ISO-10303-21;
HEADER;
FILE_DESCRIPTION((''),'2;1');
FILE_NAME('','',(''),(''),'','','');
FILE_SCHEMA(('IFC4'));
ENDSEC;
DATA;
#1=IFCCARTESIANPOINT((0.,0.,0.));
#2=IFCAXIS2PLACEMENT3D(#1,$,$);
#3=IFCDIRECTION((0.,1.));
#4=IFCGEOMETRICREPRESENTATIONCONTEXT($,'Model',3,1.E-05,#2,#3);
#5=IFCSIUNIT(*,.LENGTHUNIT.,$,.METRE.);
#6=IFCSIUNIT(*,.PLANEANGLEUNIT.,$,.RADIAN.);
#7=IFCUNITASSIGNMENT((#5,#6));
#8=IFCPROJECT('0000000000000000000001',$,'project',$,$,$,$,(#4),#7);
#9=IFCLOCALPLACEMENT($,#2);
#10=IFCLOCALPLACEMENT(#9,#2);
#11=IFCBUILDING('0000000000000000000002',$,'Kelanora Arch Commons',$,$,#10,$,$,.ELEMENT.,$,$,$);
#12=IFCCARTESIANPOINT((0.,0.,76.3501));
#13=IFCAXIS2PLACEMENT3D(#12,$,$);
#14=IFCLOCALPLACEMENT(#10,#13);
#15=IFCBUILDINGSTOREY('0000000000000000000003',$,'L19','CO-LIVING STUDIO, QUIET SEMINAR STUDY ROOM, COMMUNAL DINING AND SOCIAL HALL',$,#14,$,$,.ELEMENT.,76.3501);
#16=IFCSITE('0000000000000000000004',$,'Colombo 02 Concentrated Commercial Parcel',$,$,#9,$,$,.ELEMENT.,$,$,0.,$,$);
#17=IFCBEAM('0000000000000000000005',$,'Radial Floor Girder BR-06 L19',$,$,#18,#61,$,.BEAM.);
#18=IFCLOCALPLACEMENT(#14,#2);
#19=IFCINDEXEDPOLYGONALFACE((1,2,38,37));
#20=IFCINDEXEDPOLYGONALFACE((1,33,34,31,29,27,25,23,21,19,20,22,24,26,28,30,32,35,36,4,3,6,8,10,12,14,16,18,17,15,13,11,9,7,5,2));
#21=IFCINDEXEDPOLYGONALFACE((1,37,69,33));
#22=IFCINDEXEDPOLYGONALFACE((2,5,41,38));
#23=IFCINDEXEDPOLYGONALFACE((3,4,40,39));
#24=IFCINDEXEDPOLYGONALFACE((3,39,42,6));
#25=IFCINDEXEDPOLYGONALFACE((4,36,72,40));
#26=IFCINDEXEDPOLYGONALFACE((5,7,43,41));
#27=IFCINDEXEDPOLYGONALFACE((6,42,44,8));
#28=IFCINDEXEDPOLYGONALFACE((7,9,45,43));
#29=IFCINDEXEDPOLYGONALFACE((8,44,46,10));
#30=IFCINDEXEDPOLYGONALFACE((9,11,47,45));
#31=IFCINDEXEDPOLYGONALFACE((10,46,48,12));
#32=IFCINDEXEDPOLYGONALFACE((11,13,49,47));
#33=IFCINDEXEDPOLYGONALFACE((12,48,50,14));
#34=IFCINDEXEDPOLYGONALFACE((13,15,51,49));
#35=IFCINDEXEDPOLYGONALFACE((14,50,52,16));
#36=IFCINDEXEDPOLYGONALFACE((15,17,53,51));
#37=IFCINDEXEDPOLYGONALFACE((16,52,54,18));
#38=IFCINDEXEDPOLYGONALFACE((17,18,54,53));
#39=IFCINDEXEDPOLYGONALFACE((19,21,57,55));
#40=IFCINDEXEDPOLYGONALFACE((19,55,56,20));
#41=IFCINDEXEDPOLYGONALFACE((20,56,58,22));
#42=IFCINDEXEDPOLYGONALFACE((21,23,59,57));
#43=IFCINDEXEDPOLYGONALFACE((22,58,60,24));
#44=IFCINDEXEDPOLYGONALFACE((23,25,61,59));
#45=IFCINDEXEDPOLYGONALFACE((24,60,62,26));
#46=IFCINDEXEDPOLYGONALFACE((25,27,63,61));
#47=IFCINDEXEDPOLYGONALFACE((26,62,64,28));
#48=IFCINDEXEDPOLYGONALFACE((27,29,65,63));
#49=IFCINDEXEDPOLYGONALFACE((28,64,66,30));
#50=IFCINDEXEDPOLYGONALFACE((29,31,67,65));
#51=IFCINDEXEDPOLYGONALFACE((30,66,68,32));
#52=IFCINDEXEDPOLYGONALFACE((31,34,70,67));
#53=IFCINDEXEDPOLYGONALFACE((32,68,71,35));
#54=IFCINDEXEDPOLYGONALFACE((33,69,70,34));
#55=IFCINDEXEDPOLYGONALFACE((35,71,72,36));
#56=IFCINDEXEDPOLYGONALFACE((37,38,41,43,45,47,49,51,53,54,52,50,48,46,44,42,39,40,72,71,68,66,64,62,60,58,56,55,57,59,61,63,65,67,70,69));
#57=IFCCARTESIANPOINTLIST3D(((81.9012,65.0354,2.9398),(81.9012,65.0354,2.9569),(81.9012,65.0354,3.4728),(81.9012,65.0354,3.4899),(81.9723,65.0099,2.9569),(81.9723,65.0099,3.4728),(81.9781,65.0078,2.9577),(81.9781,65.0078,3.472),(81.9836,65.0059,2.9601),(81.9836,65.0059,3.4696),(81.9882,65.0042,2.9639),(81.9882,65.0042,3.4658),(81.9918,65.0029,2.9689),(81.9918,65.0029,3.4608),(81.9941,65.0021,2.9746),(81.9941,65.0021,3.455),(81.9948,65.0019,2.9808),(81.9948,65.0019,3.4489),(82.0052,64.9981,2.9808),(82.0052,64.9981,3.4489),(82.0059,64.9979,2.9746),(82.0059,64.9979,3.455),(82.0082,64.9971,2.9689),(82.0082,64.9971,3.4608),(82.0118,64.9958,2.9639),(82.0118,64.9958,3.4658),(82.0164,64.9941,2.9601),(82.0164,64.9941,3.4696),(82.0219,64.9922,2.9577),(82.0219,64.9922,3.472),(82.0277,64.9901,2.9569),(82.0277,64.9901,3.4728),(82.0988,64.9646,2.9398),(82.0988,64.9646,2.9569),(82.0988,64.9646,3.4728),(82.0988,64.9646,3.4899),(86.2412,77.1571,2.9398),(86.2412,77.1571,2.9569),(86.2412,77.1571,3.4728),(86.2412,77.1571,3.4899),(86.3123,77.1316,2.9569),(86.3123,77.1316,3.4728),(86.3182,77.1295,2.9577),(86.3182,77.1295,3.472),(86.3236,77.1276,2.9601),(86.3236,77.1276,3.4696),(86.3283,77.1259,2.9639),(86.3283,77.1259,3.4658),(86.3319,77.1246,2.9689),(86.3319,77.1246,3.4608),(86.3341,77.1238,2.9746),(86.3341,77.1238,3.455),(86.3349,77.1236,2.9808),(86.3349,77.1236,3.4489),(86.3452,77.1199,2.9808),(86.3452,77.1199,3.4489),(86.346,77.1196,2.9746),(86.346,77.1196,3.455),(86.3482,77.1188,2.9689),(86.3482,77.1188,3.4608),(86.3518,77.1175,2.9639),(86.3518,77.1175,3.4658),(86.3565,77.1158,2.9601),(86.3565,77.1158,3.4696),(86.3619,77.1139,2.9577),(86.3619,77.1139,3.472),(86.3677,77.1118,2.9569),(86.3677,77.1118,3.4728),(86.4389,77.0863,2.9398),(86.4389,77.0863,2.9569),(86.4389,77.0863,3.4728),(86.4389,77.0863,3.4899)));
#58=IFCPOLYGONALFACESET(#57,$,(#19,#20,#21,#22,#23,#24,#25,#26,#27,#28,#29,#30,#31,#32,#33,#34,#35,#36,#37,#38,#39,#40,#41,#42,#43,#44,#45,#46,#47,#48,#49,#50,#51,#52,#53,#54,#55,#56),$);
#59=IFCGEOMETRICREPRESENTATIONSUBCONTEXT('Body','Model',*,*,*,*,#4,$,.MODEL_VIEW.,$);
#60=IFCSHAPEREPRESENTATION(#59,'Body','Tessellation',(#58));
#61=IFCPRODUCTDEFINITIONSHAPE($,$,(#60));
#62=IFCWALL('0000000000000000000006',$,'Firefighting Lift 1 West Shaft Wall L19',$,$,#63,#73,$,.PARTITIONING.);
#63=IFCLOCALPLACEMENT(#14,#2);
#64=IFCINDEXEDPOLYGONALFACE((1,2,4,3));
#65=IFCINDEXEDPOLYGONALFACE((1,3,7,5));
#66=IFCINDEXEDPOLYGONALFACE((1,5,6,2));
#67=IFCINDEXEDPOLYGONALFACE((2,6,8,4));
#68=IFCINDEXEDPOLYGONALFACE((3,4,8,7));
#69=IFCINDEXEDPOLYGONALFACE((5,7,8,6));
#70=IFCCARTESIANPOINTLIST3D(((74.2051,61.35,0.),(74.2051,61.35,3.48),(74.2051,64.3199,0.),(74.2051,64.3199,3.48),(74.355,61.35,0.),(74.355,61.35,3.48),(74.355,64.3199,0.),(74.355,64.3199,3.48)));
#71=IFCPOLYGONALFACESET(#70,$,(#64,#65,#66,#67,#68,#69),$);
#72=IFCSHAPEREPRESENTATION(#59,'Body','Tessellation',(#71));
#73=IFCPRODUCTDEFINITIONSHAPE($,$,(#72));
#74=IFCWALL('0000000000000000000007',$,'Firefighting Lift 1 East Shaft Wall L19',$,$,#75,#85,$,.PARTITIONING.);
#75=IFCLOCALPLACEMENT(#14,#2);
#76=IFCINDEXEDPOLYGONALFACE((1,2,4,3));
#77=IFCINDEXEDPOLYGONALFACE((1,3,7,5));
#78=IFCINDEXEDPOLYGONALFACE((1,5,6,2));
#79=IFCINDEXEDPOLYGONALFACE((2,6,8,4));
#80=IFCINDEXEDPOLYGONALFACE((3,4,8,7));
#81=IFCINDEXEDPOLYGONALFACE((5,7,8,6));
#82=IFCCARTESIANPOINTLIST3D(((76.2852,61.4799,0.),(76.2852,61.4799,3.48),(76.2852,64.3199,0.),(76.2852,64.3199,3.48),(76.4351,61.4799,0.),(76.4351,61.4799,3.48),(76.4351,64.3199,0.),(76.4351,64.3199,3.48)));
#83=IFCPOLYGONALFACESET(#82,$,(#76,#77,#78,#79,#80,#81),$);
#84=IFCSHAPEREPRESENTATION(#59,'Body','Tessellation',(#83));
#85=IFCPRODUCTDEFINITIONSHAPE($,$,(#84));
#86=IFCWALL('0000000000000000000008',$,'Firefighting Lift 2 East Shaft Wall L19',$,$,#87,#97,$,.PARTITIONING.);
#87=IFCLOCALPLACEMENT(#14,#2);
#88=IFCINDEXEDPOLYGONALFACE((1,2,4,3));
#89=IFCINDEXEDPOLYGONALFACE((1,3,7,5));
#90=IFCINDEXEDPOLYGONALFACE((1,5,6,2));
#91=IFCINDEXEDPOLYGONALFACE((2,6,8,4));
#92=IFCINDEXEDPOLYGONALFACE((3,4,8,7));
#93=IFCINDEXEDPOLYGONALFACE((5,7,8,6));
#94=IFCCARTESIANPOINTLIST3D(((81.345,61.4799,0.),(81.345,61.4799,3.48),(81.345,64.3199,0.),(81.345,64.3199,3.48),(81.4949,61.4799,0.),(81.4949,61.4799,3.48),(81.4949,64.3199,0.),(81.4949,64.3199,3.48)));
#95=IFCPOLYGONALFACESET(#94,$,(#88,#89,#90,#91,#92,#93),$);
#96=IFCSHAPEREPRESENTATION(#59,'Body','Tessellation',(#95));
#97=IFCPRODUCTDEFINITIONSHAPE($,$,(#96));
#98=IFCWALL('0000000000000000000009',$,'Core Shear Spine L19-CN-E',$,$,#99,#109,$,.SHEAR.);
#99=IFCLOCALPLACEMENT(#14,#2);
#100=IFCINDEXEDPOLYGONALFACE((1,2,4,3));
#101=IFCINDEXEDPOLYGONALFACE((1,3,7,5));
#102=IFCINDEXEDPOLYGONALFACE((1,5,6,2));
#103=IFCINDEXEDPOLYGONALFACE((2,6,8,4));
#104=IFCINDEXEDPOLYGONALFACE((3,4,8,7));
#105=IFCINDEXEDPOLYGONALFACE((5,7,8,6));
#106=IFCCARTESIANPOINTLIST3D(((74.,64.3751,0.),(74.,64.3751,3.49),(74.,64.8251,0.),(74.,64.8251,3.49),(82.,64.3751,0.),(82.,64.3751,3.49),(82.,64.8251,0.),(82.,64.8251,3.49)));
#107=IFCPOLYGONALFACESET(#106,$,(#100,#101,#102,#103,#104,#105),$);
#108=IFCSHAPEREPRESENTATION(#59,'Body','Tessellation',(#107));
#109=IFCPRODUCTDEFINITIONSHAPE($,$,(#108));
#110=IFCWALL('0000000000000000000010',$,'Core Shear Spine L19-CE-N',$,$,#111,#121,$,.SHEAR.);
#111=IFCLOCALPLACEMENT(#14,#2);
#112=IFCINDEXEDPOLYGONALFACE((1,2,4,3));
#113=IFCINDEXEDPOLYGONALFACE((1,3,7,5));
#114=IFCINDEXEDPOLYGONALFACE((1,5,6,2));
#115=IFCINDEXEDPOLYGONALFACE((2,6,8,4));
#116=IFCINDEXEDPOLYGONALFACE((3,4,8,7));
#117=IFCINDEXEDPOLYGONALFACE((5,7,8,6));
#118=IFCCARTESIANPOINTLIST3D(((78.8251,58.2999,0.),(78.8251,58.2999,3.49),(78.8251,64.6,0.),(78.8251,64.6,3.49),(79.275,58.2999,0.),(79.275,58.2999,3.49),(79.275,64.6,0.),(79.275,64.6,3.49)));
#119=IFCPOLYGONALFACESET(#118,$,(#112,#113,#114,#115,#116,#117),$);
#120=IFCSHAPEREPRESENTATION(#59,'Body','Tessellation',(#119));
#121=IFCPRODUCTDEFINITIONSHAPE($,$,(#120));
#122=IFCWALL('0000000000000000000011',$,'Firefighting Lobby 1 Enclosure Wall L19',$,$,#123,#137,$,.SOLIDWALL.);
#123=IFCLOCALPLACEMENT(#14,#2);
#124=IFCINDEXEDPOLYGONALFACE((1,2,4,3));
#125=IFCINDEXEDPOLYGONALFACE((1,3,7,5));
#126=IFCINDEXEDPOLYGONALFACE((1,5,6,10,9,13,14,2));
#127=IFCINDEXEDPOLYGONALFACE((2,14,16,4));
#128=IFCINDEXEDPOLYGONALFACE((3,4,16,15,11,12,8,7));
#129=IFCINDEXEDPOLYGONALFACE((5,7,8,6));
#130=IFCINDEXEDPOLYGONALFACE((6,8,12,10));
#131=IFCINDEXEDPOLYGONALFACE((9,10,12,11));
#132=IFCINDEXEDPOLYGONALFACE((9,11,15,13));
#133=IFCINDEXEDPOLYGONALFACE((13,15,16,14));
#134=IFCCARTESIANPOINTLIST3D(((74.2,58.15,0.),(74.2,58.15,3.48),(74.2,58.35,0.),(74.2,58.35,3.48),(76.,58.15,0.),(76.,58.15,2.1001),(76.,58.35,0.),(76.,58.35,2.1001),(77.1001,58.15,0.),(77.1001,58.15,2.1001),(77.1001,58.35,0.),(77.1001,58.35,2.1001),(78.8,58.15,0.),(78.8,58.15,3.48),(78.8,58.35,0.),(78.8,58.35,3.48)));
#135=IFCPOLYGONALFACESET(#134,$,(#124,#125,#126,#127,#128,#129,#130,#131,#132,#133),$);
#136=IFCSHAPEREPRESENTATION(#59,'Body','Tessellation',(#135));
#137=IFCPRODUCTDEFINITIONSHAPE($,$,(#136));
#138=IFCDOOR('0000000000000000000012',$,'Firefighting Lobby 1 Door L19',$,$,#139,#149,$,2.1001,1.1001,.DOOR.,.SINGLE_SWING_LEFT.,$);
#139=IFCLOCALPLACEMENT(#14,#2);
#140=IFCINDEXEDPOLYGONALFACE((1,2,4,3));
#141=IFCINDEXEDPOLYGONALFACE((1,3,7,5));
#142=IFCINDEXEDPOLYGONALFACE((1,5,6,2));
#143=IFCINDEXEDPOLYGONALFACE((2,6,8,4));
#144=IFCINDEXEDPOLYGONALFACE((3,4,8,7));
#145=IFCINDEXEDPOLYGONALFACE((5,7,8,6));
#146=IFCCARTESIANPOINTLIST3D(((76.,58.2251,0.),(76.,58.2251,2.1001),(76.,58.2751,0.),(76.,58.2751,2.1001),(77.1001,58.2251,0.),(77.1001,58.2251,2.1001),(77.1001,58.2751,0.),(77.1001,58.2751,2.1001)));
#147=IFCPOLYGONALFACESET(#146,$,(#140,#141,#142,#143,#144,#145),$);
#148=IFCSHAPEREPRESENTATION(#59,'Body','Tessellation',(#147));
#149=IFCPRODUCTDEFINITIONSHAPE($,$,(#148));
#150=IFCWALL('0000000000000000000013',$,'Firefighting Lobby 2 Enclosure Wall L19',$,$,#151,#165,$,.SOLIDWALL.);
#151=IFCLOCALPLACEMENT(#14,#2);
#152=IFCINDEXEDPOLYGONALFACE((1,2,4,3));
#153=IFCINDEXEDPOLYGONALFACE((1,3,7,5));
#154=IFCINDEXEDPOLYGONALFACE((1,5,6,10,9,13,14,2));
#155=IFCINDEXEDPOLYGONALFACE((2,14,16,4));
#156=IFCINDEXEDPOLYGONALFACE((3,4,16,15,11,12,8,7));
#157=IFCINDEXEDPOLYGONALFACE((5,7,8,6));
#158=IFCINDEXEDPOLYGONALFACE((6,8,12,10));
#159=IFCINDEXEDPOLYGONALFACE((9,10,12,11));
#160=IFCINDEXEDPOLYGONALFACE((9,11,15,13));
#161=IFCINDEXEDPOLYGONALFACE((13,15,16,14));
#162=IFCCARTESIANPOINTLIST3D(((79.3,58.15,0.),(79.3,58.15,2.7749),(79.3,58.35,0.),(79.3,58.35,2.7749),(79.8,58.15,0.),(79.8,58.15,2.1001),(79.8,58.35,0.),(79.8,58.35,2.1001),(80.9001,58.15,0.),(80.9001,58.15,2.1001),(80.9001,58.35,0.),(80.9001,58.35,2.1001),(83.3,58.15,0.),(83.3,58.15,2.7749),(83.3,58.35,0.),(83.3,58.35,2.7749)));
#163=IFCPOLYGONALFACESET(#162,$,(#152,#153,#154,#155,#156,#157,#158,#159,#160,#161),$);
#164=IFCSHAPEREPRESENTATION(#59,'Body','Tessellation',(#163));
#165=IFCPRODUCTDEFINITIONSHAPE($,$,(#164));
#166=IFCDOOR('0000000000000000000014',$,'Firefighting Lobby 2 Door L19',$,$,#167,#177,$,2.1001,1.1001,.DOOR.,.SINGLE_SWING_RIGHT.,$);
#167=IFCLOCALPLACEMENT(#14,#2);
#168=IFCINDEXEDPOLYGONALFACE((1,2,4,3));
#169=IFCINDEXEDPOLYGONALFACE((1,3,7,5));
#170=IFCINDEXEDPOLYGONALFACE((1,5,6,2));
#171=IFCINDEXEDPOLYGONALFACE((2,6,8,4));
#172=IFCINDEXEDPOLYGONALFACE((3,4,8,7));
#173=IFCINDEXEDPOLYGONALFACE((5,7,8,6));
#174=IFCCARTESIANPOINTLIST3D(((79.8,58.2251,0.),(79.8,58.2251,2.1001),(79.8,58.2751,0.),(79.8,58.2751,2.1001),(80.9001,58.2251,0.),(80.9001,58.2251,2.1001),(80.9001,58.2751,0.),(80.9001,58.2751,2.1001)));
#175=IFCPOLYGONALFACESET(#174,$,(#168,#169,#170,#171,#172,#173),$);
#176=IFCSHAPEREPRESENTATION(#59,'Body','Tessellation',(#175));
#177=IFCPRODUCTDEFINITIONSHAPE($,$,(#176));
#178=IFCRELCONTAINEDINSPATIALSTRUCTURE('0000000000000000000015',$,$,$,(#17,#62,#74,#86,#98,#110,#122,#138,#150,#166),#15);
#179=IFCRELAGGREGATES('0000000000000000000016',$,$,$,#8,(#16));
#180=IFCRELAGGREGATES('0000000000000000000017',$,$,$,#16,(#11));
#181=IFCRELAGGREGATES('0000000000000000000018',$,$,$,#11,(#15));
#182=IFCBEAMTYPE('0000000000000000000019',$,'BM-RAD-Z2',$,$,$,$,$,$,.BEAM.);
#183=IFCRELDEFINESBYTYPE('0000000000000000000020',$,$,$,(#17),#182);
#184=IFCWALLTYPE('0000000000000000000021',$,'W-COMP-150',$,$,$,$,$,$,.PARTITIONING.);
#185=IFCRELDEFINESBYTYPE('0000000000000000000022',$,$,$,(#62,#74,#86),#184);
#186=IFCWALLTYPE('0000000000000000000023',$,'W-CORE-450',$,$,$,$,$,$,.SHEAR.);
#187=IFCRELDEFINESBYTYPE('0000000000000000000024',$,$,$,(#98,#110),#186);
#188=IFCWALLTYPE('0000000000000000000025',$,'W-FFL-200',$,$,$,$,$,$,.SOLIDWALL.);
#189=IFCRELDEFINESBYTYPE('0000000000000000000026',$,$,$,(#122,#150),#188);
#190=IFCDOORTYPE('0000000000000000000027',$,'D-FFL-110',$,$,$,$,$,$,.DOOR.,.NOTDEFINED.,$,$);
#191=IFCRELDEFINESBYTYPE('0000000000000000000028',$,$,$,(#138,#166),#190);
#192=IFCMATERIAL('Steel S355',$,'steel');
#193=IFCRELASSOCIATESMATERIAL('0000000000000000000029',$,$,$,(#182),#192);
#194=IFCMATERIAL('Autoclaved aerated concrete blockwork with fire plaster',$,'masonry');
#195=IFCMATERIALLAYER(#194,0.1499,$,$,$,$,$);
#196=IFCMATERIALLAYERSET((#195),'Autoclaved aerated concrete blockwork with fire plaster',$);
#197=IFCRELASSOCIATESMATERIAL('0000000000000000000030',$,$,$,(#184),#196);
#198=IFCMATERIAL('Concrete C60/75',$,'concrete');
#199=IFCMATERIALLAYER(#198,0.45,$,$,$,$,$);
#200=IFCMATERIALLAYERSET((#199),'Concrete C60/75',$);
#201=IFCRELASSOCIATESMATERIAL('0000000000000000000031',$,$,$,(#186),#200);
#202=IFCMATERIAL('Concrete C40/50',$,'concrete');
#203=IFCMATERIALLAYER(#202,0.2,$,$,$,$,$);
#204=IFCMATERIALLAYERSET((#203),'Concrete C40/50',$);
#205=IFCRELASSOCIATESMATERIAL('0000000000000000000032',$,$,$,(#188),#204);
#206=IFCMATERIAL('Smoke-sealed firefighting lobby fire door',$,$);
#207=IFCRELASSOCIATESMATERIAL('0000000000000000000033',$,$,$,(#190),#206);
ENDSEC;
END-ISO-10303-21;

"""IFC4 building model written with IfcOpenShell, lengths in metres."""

from ifc_helpers import new_model, si_unit, direction, frame, frame_2d, origin, origin_2d, place, context, subcontext, project, spatial, rectangle, i_section, extrude, material, layer, layer_set, material_profile, profile_set, type_object, element, fill, save


model = new_model("IFC4")

# Units and contexts
model_context = context("Model", 3, precision=1e-05, world=origin(), true_north=direction((0.0, 1.0)))
body_context = subcontext(model_context, "Body", "Model", "MODEL_VIEW")
ifc_project = project(units=[si_unit("LENGTHUNIT", "METRE"), si_unit("PLANEANGLEUNIT", "RADIAN")], contexts=[model_context])

# Site, building, storey
site_placement = place(None, origin())
site = spatial("IfcSite", under=ifc_project, at=site_placement, Name="Colombo 02 Concentrated Commercial Parcel", CompositionType="ELEMENT", RefElevation=0.0)
building_placement = place(site_placement, origin())
building = spatial("IfcBuilding", under=site, at=building_placement, Name="Kelanora Arch Commons", CompositionType="ELEMENT")
storey_placement = place(building_placement, frame((0.0, 0.0, 76.3501)))
storey = spatial("IfcBuildingStorey", under=building, at=storey_placement, Name="L19", Description="CO-LIVING STUDIO, QUIET SEMINAR STUDY ROOM, COMMUNAL DINING AND SOCIAL HALL", CompositionType="ELEMENT", Elevation=76.3501)

# Shared definitions
ifc_material_1 = material(Name="Concrete C60/75", Category="concrete")

# Beam
ifc_material_2 = material(Name="Steel S355", Category="steel")
ifc_material_profile_1 = material_profile(ifc_material_2, i_section(OverallWidth=0.21, OverallDepth=0.55, WebThickness=0.011, FlangeThickness=0.0171, FilletRadius=0.0239, at=origin_2d()), Name="IPE550")
ifc_profile_set_1 = profile_set([ifc_material_profile_1], Name="Steel S355")
beam_type_1 = type_object("IfcBeamType", Name="BM-RAD-Z2", PredefinedType="BEAM", material=ifc_profile_set_1)
beam_1_placement = place(storey_placement, frame((82.0, 65.0, 3.2148), z_axis=(0.337085, 0.941474, 0.0), x_axis=(-0.941474, 0.337085, 0.0)))
element("IfcBeam", 1, at=beam_1_placement, inside=storey, type_object=beam_type_1, Name="Radial Floor Girder BR-06 L19", PredefinedType="BEAM", context=body_context, shape_type="SweptSolid", body=[
    extrude(i_section(OverallWidth=0.21, OverallDepth=0.55, WebThickness=0.011, FlangeThickness=0.0171, FilletRadius=0.0239, at=origin_2d()), origin(), (0.0, 0.0, 1.0), 12.8752),
])

# Walls
ifc_material_3 = material(Name="Autoclaved aerated concrete blockwork with fire plaster", Category="masonry")
ifc_layer_1 = layer(ifc_material_3, 0.1499)
ifc_layer_set_1 = layer_set([ifc_layer_1], Name="Autoclaved aerated concrete blockwork with fire plaster")
wall_type_1 = type_object("IfcWallType", Name="W-COMP-150", PredefinedType="PARTITIONING", material=ifc_layer_set_1)
wall_1_placement = place(storey_placement, frame((74.28, 61.3501, 0.0), z_axis=(0.0, 0.0, 1.0), x_axis=(0.0, 1.0, 0.0)))
element("IfcWall", 2, at=wall_1_placement, inside=storey, type_object=wall_type_1, Name="Firefighting Lift 1 West Shaft Wall L19", PredefinedType="PARTITIONING", context=body_context, shape_type="SweptSolid", body=[
    extrude(rectangle(XDim=2.97, YDim=0.1499, at=frame_2d((1.4849, 0.0))), origin(), (0.0, 0.0, 1.0), 3.48),
])
for number, where, z_axis, x_axis, name in (
    (3, (76.3601, 61.48, 0.0), (0.0, 0.0, 1.0), (0.0, 1.0, 0.0), "Firefighting Lift 1 East Shaft Wall L19"),
    (4, (81.4199, 61.48, 0.0), (0.0, 0.0, 1.0), (0.0, 1.0, 0.0), "Firefighting Lift 2 East Shaft Wall L19"),
):
    element("IfcWall", number, at=place(storey_placement, frame(where, z_axis=z_axis, x_axis=x_axis)), inside=storey, type_object=wall_type_1, Name=name, PredefinedType="PARTITIONING", context=body_context, shape_type="SweptSolid", body=[
        extrude(rectangle(XDim=2.8401, YDim=0.1499, at=frame_2d((1.4199, 0.0))), origin(), (0.0, 0.0, 1.0), 3.48),
    ])
ifc_layer_2 = layer(ifc_material_1, 0.45)
ifc_layer_set_2 = layer_set([ifc_layer_2], Name="Concrete C60/75")
wall_type_2 = type_object("IfcWallType", Name="W-CORE-450", PredefinedType="SHEAR", material=ifc_layer_set_2)
wall_2_placement = place(storey_placement, frame((74.0, 64.6001, 0.0), z_axis=(0.0, 0.0, 1.0), x_axis=(1.0, 0.0, 0.0)))
element("IfcWall", 5, at=wall_2_placement, inside=storey, type_object=wall_type_2, Name="Core Shear Spine L19-CN-E", PredefinedType="SHEAR", context=body_context, shape_type="SweptSolid", body=[
    extrude(rectangle(XDim=8.0, YDim=0.45, at=frame_2d((4.0, 0.0))), origin(), (0.0, 0.0, 1.0), 3.49),
])
wall_3_placement = place(storey_placement, frame((79.05, 58.3, 0.0), z_axis=(0.0, 0.0, 1.0), x_axis=(0.0, 1.0, 0.0)))
element("IfcWall", 6, at=wall_3_placement, inside=storey, type_object=wall_type_2, Name="Core Shear Spine L19-CE-N", PredefinedType="SHEAR", context=body_context, shape_type="SweptSolid", body=[
    extrude(rectangle(XDim=6.3, YDim=0.45, at=frame_2d((3.1499, 0.0))), origin(), (0.0, 0.0, 1.0), 3.49),
])

# Walls, openings, doors
ifc_material_4 = material(Name="Concrete C40/50", Category="concrete")
ifc_layer_3 = layer(ifc_material_4, 0.2)
ifc_layer_set_3 = layer_set([ifc_layer_3], Name="Concrete C40/50")
wall_type_3 = type_object("IfcWallType", Name="W-FFL-200", PredefinedType="SOLIDWALL", material=ifc_layer_set_3)
wall_4_placement = place(storey_placement, frame((74.2, 58.25, 0.0), z_axis=(0.0, 0.0, 1.0), x_axis=(1.0, 0.0, 0.0)))
wall_4 = element("IfcWall", 7, at=wall_4_placement, inside=storey, type_object=wall_type_3, Name="Firefighting Lobby 1 Enclosure Wall L19", PredefinedType="SOLIDWALL", context=body_context, shape_type="SweptSolid", body=[
    extrude(rectangle(XDim=4.6001, YDim=0.2, at=frame_2d((2.3, 0.0))), origin(), (0.0, 0.0, 1.0), 3.48),
])
opening_1_placement = place(wall_4_placement, frame((1.8, 0.0, 0.0)))
opening_1 = element("IfcOpeningElement", 8, at=opening_1_placement, cuts=wall_4, PredefinedType="OPENING", context=body_context, shape_type="SweptSolid", body=[
    extrude(rectangle(XDim=1.1001, YDim=2.1001, at=frame_2d((0.55, 1.05))), frame((0.0, 0.1099, 0.0), z_axis=(0.0, -1.0, 0.0), x_axis=(1.0, 0.0, 0.0)), (0.0, 0.0, 1.0), 0.22),
])
ifc_material_5 = material(Name="Smoke-sealed firefighting lobby fire door")
door_type_1 = type_object("IfcDoorType", Name="D-FFL-110", OperationType="NOTDEFINED", PredefinedType="DOOR", material=ifc_material_5)
door_1_placement = place(opening_1_placement, frame((1.1001, 0.0, 0.0), z_axis=(0.0, 0.0, 1.0), x_axis=(-1.0, 0.0, 0.0)))
door_1 = element("IfcDoor", 9, at=door_1_placement, inside=storey, type_object=door_type_1, Name="Firefighting Lobby 1 Door L19", OperationType="SINGLE_SWING_LEFT", OverallHeight=2.1001, OverallWidth=1.1001, PredefinedType="DOOR", context=body_context, shape_type="SweptSolid", body=[
    extrude(rectangle(XDim=1.1001, YDim=2.1001, at=frame_2d((0.55, 1.05))), frame((0.0, 0.0249, 0.0), z_axis=(0.0, -1.0, 0.0), x_axis=(1.0, 0.0, 0.0)), (0.0, 0.0, 1.0), 0.05),
])
fill(opening_1, door_1)
wall_5_placement = place(storey_placement, frame((79.3, 58.25, 0.0), z_axis=(0.0, 0.0, 1.0), x_axis=(1.0, 0.0, 0.0)))
wall_5 = element("IfcWall", 10, at=wall_5_placement, inside=storey, type_object=wall_type_3, Name="Firefighting Lobby 2 Enclosure Wall L19", PredefinedType="SOLIDWALL", context=body_context, shape_type="SweptSolid", body=[
    extrude(rectangle(XDim=4.0, YDim=0.2, at=frame_2d((2.0, 0.0))), origin(), (0.0, 0.0, 1.0), 2.7749),
])
opening_2_placement = place(wall_5_placement, frame((0.5, 0.0, 0.0)))
opening_2 = element("IfcOpeningElement", 11, at=opening_2_placement, cuts=wall_5, PredefinedType="OPENING", context=body_context, shape_type="SweptSolid", body=[
    extrude(rectangle(XDim=1.1001, YDim=2.1001, at=frame_2d((0.55, 1.05))), frame((0.0, 0.1099, 0.0), z_axis=(0.0, -1.0, 0.0), x_axis=(1.0, 0.0, 0.0)), (0.0, 0.0, 1.0), 0.22),
])
door_2_placement = place(opening_2_placement, frame((1.1001, 0.0, 0.0), z_axis=(0.0, 0.0, 1.0), x_axis=(-1.0, 0.0, 0.0)))
door_2 = element("IfcDoor", 12, at=door_2_placement, inside=storey, type_object=door_type_1, Name="Firefighting Lobby 2 Door L19", OperationType="SINGLE_SWING_RIGHT", OverallHeight=2.1001, OverallWidth=1.1001, PredefinedType="DOOR", context=body_context, shape_type="SweptSolid", body=[
    extrude(rectangle(XDim=1.1001, YDim=2.1001, at=frame_2d((0.55, 1.05))), frame((0.0, 0.0249, 0.0), z_axis=(0.0, -1.0, 0.0), x_axis=(1.0, 0.0, 0.0)), (0.0, 0.0, 1.0), 0.05),
])
fill(opening_2, door_2)

save(model, "model.ifc")
